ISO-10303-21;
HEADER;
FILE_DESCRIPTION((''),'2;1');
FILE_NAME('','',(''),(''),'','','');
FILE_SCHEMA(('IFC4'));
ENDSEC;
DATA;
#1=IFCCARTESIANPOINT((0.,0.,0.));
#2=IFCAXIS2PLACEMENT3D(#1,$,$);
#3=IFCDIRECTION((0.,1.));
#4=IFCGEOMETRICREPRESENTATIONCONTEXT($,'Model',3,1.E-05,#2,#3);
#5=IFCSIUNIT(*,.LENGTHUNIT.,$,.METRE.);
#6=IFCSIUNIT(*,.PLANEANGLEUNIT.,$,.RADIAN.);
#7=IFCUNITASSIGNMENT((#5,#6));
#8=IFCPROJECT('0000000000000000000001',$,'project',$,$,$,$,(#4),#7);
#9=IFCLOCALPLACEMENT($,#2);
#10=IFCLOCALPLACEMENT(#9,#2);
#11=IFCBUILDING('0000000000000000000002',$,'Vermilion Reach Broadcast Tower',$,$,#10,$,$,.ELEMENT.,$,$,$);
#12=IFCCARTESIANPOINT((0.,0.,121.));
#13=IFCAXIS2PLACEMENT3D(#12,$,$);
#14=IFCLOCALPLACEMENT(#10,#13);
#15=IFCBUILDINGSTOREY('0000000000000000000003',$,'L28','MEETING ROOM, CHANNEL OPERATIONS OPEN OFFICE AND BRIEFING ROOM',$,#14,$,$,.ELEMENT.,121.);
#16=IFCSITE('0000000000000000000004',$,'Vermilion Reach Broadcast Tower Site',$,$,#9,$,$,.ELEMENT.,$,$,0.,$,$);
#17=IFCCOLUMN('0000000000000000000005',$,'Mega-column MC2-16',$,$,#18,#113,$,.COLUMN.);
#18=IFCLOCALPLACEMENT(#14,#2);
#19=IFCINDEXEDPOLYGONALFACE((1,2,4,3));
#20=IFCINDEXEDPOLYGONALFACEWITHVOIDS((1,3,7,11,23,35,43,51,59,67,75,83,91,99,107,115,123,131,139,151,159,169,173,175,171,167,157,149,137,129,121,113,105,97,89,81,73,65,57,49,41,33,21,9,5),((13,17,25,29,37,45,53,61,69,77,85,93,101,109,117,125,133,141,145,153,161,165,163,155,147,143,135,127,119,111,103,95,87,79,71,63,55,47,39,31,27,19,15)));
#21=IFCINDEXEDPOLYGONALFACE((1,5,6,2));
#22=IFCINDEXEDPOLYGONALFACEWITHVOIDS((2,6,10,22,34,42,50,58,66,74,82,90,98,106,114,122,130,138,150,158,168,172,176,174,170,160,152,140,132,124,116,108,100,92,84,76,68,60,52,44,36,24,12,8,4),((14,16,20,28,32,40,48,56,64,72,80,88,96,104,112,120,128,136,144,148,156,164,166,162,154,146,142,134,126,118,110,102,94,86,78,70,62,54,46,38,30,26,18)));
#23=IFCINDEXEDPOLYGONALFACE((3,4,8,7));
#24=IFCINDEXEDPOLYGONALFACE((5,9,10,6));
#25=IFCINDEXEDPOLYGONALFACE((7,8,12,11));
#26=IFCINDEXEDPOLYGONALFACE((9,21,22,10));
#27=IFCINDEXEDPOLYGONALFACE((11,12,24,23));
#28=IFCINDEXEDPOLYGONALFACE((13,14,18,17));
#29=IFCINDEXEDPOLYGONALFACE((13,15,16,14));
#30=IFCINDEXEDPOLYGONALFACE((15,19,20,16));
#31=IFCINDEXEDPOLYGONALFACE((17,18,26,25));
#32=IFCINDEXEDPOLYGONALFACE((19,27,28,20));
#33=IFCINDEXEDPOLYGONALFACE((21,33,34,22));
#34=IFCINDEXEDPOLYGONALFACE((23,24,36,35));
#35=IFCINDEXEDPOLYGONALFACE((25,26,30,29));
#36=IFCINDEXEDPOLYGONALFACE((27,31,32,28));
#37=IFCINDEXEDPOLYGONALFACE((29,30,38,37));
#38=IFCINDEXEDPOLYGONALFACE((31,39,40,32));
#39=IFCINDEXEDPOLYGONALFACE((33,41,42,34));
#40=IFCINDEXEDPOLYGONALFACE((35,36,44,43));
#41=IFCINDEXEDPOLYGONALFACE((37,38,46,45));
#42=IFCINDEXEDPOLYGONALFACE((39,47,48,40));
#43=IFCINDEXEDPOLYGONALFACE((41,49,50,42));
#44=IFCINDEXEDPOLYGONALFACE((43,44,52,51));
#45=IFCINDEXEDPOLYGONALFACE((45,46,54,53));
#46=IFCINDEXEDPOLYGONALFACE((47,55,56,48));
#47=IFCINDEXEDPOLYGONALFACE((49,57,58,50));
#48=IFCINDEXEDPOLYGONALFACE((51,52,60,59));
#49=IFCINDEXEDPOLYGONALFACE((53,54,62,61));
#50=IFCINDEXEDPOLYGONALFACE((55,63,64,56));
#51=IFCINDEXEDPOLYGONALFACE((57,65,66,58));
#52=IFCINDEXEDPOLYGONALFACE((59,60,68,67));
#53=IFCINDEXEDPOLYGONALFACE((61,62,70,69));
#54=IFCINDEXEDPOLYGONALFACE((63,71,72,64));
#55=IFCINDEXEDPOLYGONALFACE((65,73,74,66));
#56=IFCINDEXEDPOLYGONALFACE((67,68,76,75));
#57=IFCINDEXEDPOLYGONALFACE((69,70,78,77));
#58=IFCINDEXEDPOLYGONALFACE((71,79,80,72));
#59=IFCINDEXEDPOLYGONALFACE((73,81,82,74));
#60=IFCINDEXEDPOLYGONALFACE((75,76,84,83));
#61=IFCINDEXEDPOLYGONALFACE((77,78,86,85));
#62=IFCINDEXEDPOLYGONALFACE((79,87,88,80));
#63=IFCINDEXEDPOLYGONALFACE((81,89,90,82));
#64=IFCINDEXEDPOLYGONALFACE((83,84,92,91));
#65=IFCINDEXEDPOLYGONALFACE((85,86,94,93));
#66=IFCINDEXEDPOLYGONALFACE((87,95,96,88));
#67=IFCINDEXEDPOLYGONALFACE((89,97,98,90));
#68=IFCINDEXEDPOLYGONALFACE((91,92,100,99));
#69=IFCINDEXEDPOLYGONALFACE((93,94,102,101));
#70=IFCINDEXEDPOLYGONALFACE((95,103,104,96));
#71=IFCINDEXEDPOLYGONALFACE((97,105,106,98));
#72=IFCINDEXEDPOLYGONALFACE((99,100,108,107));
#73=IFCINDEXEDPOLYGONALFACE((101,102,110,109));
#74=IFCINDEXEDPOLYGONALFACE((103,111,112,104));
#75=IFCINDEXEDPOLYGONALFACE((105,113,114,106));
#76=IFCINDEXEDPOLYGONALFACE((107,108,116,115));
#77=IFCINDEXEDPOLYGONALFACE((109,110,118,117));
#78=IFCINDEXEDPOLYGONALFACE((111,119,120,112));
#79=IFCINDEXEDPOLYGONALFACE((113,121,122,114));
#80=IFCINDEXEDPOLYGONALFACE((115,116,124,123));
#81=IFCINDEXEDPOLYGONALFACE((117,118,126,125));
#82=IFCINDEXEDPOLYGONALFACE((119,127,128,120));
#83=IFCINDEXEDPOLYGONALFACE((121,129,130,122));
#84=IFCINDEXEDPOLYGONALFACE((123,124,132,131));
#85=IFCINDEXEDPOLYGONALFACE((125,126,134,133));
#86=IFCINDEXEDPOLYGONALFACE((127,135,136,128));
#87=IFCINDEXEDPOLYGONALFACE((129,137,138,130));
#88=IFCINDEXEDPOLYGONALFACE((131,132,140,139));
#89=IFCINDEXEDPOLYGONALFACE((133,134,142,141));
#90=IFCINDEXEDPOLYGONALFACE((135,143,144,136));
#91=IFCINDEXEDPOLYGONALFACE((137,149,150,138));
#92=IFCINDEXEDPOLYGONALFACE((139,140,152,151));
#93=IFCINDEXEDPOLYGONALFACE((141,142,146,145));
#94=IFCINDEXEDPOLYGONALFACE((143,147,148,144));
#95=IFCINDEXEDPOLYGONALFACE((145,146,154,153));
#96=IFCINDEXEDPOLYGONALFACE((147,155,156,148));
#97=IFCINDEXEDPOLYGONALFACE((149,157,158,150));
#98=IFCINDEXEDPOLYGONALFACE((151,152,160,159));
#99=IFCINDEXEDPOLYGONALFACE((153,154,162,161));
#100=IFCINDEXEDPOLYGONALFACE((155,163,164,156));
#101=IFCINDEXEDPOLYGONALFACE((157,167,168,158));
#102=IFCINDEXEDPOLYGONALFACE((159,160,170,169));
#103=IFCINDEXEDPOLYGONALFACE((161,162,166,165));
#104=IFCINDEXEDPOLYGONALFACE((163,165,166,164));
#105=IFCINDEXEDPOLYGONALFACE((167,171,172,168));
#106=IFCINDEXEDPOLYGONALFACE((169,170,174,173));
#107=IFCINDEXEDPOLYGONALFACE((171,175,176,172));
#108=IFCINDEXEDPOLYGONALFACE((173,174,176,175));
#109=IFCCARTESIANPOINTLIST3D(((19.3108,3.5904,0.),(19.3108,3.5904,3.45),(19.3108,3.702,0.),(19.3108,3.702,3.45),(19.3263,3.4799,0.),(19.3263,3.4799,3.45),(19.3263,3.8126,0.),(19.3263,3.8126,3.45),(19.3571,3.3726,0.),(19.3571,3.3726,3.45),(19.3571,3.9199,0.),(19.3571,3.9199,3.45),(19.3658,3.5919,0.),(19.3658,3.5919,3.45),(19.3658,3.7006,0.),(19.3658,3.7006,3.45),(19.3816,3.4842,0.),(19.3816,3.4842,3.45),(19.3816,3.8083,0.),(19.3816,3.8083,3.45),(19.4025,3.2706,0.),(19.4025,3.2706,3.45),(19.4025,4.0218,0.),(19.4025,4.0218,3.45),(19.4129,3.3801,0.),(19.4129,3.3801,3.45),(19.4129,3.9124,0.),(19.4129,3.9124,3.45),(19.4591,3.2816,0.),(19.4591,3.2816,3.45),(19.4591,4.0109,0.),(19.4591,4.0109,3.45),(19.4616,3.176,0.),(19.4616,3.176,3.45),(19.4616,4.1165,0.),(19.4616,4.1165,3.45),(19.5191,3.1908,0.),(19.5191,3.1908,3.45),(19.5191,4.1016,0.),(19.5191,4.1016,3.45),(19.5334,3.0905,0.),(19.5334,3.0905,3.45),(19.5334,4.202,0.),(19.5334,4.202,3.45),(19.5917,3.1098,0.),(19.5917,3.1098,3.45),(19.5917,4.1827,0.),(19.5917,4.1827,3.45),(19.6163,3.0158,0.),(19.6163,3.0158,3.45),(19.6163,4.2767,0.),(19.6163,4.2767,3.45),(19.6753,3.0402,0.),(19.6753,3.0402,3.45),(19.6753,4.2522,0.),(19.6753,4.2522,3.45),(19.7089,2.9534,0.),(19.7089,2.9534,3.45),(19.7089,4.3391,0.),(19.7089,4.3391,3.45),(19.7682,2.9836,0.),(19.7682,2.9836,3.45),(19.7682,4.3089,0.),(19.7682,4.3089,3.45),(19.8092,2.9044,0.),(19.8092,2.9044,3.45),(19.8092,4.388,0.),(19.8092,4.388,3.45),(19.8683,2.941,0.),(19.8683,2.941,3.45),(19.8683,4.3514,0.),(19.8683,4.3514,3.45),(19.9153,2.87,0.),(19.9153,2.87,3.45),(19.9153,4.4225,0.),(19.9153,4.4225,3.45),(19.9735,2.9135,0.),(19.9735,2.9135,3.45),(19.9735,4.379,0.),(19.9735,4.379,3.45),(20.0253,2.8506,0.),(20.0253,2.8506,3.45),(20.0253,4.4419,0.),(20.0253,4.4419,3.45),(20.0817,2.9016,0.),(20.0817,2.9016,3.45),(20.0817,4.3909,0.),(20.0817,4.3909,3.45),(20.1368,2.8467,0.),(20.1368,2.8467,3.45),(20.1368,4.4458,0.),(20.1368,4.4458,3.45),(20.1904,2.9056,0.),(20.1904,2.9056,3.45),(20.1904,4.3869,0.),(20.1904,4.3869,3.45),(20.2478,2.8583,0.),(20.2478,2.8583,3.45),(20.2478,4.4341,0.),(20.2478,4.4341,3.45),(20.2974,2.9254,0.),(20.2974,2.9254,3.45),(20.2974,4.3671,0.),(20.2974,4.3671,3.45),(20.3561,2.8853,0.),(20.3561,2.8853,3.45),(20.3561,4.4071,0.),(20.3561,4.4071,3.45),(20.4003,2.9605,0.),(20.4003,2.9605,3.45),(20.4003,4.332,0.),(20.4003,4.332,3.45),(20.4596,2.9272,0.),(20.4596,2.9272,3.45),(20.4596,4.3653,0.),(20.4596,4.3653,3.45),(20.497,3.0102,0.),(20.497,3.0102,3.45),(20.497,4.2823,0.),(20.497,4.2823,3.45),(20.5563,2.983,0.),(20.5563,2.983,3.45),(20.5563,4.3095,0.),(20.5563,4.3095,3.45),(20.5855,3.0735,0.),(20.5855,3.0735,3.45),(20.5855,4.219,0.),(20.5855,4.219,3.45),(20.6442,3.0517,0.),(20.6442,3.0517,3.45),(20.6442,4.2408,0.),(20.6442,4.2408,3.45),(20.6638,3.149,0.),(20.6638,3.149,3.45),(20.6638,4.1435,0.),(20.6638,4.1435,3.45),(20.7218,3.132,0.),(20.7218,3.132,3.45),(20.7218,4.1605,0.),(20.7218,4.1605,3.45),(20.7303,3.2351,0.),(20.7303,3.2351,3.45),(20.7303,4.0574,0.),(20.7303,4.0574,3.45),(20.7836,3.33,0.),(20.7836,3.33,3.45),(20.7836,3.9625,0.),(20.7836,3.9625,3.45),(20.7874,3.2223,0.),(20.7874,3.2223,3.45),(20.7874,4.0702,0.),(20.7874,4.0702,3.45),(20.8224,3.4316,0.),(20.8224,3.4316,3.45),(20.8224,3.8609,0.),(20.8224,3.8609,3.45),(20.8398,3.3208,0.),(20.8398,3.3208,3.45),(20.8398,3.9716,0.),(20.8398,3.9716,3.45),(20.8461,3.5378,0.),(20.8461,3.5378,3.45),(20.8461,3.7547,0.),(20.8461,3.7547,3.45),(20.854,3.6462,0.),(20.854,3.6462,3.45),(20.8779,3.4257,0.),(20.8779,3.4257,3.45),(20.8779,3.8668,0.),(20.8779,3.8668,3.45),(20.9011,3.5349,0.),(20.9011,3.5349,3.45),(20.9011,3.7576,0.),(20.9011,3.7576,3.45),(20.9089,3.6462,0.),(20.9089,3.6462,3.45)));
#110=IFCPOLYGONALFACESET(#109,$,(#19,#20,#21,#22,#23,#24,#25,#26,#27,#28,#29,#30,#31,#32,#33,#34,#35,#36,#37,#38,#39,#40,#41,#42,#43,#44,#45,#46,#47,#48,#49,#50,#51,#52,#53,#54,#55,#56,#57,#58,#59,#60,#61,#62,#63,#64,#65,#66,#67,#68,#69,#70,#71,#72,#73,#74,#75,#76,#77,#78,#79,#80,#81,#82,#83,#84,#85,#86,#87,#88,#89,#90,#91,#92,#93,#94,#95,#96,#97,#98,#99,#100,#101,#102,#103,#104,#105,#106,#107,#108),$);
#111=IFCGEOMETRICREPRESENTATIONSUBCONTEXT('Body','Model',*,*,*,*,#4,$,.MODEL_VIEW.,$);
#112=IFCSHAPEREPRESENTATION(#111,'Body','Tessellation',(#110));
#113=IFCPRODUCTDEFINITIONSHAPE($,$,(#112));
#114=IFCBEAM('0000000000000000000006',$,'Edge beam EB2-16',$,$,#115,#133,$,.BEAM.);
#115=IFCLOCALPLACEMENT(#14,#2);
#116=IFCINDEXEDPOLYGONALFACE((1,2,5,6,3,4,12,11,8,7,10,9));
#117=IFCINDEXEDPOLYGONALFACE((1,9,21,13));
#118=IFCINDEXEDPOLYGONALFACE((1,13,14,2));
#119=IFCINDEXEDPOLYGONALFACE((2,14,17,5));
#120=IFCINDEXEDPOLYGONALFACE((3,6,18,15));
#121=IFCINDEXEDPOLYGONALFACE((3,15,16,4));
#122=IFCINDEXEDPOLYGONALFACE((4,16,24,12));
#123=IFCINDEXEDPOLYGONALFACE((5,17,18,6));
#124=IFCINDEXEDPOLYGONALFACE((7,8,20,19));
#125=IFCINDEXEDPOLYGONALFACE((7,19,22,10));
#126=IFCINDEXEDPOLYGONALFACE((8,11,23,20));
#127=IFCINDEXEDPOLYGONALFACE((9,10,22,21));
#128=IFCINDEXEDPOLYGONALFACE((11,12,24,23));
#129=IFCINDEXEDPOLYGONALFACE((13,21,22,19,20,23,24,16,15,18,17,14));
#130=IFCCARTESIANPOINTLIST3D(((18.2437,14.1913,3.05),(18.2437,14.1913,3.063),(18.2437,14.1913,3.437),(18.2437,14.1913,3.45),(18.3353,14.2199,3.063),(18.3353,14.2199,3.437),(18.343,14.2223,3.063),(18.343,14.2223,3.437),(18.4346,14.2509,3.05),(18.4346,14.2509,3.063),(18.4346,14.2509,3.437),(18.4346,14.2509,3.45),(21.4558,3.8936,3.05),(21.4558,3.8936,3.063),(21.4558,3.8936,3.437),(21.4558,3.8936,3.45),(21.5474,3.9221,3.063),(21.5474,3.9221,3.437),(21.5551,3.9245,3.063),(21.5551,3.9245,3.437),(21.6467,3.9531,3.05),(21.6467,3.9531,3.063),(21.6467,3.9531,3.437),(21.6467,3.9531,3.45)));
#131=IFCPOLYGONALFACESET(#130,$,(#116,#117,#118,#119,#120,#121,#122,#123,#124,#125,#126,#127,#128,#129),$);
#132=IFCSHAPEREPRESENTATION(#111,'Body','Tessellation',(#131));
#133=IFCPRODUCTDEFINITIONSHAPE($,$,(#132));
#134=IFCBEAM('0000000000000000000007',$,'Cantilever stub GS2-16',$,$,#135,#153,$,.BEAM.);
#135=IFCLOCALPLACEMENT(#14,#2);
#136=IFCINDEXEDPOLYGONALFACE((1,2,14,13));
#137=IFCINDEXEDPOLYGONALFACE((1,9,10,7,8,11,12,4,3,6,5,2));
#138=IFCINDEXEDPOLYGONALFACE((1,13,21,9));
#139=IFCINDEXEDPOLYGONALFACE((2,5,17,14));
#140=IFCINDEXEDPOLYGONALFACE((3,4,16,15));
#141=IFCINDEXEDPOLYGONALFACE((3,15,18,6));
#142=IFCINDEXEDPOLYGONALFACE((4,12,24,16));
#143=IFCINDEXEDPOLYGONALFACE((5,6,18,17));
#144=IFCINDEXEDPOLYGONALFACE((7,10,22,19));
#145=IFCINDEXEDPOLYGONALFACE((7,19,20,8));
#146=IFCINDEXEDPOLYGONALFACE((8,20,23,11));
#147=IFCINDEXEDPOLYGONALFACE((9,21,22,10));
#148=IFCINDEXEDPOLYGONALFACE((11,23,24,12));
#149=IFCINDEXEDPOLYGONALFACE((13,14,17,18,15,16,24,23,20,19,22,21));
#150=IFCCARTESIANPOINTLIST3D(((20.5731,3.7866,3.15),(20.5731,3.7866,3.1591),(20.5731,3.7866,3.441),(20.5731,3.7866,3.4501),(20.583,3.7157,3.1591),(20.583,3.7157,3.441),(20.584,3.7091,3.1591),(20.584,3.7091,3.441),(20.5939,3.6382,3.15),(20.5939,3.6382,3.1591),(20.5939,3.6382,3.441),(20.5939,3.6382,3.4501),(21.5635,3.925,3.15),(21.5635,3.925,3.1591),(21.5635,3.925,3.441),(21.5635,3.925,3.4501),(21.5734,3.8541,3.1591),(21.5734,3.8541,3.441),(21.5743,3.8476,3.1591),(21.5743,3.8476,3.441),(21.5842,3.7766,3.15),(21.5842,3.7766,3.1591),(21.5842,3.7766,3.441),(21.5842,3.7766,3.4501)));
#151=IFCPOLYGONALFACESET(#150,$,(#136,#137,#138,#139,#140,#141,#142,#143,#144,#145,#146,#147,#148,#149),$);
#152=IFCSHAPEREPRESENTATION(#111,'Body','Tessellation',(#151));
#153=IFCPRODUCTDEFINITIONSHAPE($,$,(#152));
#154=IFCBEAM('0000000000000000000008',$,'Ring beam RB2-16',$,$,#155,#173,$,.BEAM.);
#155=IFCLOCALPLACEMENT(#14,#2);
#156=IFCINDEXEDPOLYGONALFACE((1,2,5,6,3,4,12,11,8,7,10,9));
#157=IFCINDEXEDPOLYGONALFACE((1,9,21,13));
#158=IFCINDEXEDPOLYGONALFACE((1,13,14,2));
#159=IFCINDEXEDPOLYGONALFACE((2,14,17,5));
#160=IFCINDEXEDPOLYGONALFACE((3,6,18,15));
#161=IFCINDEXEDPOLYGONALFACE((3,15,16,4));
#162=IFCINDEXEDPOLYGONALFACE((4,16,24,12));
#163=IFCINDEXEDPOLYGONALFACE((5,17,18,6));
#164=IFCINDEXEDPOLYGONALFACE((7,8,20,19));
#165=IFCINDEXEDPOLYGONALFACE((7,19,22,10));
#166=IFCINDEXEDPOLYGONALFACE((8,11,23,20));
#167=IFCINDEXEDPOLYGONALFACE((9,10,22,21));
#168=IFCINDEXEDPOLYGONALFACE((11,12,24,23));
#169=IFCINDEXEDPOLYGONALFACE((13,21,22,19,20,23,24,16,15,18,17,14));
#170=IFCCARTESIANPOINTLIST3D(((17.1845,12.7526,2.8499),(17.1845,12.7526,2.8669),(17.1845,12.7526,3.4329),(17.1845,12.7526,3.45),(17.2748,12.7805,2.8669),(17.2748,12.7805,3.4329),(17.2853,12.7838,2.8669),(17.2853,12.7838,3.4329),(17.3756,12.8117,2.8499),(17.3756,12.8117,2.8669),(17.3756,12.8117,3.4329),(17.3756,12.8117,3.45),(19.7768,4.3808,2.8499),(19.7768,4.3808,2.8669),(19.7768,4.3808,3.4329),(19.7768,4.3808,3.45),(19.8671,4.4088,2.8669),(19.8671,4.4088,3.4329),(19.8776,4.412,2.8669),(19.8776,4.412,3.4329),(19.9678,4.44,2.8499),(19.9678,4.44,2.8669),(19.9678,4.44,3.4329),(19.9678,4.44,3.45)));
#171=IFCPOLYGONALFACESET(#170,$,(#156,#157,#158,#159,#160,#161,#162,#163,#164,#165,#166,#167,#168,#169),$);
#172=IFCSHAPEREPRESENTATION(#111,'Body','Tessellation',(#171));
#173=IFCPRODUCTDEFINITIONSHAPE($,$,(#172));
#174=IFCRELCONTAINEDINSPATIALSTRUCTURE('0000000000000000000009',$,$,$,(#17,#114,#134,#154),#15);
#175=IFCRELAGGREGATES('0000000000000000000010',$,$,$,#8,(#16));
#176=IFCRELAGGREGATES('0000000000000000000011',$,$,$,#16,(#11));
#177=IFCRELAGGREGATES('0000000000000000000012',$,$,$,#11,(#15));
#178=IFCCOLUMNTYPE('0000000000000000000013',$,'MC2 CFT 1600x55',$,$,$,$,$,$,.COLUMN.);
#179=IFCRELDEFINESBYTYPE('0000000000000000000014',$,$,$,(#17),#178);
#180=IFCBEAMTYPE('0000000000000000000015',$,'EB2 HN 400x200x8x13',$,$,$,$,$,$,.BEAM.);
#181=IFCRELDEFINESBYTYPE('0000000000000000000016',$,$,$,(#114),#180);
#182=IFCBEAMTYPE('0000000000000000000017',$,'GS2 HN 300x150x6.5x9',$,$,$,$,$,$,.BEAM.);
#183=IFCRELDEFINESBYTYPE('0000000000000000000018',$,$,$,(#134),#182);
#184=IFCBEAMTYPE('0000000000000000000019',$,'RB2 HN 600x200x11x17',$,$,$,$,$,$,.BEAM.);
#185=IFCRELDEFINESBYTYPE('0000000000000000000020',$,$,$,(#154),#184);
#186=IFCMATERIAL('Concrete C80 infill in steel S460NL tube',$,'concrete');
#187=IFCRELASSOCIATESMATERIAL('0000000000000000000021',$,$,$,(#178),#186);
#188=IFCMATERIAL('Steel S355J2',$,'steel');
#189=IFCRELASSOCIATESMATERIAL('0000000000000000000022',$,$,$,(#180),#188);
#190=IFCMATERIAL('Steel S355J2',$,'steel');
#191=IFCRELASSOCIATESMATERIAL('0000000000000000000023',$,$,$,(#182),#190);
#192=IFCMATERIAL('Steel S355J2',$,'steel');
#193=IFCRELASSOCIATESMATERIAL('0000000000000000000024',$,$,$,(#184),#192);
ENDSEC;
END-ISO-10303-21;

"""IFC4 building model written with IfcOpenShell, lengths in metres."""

from ifc_helpers import new_model, si_unit, direction, frame, origin, origin_2d, place, context, subcontext, project, spatial, hollow_circle, i_section, extrude, material, material_profile, profile_set, type_object, element, save


model = new_model("IFC4")

# Units and contexts
model_context = context("Model", 3, precision=1e-05, world=origin(), true_north=direction((0.0, 1.0)))
body_context = subcontext(model_context, "Body", "Model", "MODEL_VIEW")
ifc_project = project(units=[si_unit("LENGTHUNIT", "METRE"), si_unit("PLANEANGLEUNIT", "RADIAN")], contexts=[model_context])

# Site, building, storey
site_placement = place(None, origin())
site = spatial("IfcSite", under=ifc_project, at=site_placement, Name="Vermilion Reach Broadcast Tower Site", CompositionType="ELEMENT", RefElevation=0.0)
building_placement = place(site_placement, origin())
building = spatial("IfcBuilding", under=site, at=building_placement, Name="Vermilion Reach Broadcast Tower", CompositionType="ELEMENT")
storey_placement = place(building_placement, frame((0.0, 0.0, 121.0)))
storey = spatial("IfcBuildingStorey", under=building, at=storey_placement, Name="L28", Description="MEETING ROOM, CHANNEL OPERATIONS OPEN OFFICE AND BRIEFING ROOM", CompositionType="ELEMENT", Elevation=121.0)

# Column
ifc_material_1 = material(Name="Concrete C80 infill in steel S460NL tube", Category="concrete")
ifc_material_profile_1 = material_profile(ifc_material_1, hollow_circle(Radius=0.8, WallThickness=0.0549, at=origin_2d()), Name="Concrete C80 infill in steel S460NL tube CFT 1600x55")
ifc_profile_set_1 = profile_set([ifc_material_profile_1], Name="Concrete C80 infill in steel S460NL tube")
column_type = type_object("IfcColumnType", Name="MC2 CFT 1600x55", PredefinedType="COLUMN", material=ifc_profile_set_1)
column_placement = place(storey_placement, frame((20.1089, 3.6462, 0.0), z_axis=(0.0, 0.0, 1.0), x_axis=(1.0, 0.0, 0.0)))
element("IfcColumn", 1, at=column_placement, inside=storey, type_object=column_type, Name="Mega-column MC2-16", PredefinedType="COLUMN", context=body_context, shape_type="SweptSolid", body=[
    extrude(hollow_circle(Radius=0.8, WallThickness=0.0549, at=origin_2d()), origin(), (0.0, 0.0, 1.0), 3.45),
])

# Beams
ifc_material_2 = material(Name="Steel S355J2", Category="steel")
ifc_material_profile_2 = material_profile(ifc_material_2, i_section(OverallWidth=0.2, OverallDepth=0.3999, WebThickness=0.0081, FlangeThickness=0.0129, at=origin_2d()), Name="S355J2 HN 400x200x8x13")
ifc_profile_set_2 = profile_set([ifc_material_profile_2], Name="Steel S355J2")
beam_type_1 = type_object("IfcBeamType", Name="EB2 HN 400x200x8x13", PredefinedType="BEAM", material=ifc_profile_set_2)
beam_1_placement = place(storey_placement, frame((21.5513, 3.9233, 3.25), z_axis=(-0.297775, 0.954636, 0.0), x_axis=(-0.954636, -0.297775, 0.0)))
element("IfcBeam", 2, at=beam_1_placement, inside=storey, type_object=beam_type_1, Name="Edge beam EB2-16", PredefinedType="BEAM", context=body_context, shape_type="SweptSolid", body=[
    extrude(i_section(OverallWidth=0.2, OverallDepth=0.3999, WebThickness=0.0081, FlangeThickness=0.0129, at=origin_2d()), origin(), (0.0, 0.0, 1.0), 10.7871),
])
ifc_material_3 = material(Name="Steel S355J2", Category="steel")
ifc_material_profile_3 = material_profile(ifc_material_3, i_section(OverallWidth=0.1499, OverallDepth=0.3, WebThickness=0.0066, FlangeThickness=0.009, at=origin_2d()), Name="S355J2 HN 300x150x6.5x9")
ifc_profile_set_3 = profile_set([ifc_material_profile_3], Name="Steel S355J2")
beam_type_2 = type_object("IfcBeamType", Name="GS2 HN 300x150x6.5x9", PredefinedType="BEAM", material=ifc_profile_set_3)
beam_2_placement = place(storey_placement, frame((20.5835, 3.7124, 3.3), z_axis=(0.990375, 0.138413, 0.0), x_axis=(-0.138413, 0.990375, 0.0)))
element("IfcBeam", 3, at=beam_2_placement, inside=storey, type_object=beam_type_2, Name="Cantilever stub GS2-16", PredefinedType="BEAM", context=body_context, shape_type="SweptSolid", body=[
    extrude(i_section(OverallWidth=0.1499, OverallDepth=0.3, WebThickness=0.0066, FlangeThickness=0.009, at=origin_2d()), origin(), (0.0, 0.0, 1.0), 1.0),
])
ifc_material_4 = material(Name="Steel S355J2", Category="steel")
ifc_material_profile_4 = material_profile(ifc_material_4, i_section(OverallWidth=0.2, OverallDepth=0.6001, WebThickness=0.011, FlangeThickness=0.0171, at=origin_2d()), Name="S355J2 HN 600x200x11x17")
ifc_profile_set_4 = profile_set([ifc_material_profile_4], Name="Steel S355J2")
beam_type_3 = type_object("IfcBeamType", Name="RB2 HN 600x200x11x17", PredefinedType="BEAM", material=ifc_profile_set_4)
beam_3_placement = place(storey_placement, frame((19.8723, 4.4104, 3.1499), z_axis=(-0.295788, 0.955253, 0.0), x_axis=(-0.955253, -0.295788, 0.0)))
element("IfcBeam", 4, at=beam_3_placement, inside=storey, type_object=beam_type_3, Name="Ring beam RB2-16", PredefinedType="BEAM", context=body_context, shape_type="SweptSolid", body=[
    extrude(i_section(OverallWidth=0.2, OverallDepth=0.6001, WebThickness=0.011, FlangeThickness=0.0171, at=origin_2d()), origin(), (0.0, 0.0, 1.0), 8.7639),
])

save(model, "model.ifc")
